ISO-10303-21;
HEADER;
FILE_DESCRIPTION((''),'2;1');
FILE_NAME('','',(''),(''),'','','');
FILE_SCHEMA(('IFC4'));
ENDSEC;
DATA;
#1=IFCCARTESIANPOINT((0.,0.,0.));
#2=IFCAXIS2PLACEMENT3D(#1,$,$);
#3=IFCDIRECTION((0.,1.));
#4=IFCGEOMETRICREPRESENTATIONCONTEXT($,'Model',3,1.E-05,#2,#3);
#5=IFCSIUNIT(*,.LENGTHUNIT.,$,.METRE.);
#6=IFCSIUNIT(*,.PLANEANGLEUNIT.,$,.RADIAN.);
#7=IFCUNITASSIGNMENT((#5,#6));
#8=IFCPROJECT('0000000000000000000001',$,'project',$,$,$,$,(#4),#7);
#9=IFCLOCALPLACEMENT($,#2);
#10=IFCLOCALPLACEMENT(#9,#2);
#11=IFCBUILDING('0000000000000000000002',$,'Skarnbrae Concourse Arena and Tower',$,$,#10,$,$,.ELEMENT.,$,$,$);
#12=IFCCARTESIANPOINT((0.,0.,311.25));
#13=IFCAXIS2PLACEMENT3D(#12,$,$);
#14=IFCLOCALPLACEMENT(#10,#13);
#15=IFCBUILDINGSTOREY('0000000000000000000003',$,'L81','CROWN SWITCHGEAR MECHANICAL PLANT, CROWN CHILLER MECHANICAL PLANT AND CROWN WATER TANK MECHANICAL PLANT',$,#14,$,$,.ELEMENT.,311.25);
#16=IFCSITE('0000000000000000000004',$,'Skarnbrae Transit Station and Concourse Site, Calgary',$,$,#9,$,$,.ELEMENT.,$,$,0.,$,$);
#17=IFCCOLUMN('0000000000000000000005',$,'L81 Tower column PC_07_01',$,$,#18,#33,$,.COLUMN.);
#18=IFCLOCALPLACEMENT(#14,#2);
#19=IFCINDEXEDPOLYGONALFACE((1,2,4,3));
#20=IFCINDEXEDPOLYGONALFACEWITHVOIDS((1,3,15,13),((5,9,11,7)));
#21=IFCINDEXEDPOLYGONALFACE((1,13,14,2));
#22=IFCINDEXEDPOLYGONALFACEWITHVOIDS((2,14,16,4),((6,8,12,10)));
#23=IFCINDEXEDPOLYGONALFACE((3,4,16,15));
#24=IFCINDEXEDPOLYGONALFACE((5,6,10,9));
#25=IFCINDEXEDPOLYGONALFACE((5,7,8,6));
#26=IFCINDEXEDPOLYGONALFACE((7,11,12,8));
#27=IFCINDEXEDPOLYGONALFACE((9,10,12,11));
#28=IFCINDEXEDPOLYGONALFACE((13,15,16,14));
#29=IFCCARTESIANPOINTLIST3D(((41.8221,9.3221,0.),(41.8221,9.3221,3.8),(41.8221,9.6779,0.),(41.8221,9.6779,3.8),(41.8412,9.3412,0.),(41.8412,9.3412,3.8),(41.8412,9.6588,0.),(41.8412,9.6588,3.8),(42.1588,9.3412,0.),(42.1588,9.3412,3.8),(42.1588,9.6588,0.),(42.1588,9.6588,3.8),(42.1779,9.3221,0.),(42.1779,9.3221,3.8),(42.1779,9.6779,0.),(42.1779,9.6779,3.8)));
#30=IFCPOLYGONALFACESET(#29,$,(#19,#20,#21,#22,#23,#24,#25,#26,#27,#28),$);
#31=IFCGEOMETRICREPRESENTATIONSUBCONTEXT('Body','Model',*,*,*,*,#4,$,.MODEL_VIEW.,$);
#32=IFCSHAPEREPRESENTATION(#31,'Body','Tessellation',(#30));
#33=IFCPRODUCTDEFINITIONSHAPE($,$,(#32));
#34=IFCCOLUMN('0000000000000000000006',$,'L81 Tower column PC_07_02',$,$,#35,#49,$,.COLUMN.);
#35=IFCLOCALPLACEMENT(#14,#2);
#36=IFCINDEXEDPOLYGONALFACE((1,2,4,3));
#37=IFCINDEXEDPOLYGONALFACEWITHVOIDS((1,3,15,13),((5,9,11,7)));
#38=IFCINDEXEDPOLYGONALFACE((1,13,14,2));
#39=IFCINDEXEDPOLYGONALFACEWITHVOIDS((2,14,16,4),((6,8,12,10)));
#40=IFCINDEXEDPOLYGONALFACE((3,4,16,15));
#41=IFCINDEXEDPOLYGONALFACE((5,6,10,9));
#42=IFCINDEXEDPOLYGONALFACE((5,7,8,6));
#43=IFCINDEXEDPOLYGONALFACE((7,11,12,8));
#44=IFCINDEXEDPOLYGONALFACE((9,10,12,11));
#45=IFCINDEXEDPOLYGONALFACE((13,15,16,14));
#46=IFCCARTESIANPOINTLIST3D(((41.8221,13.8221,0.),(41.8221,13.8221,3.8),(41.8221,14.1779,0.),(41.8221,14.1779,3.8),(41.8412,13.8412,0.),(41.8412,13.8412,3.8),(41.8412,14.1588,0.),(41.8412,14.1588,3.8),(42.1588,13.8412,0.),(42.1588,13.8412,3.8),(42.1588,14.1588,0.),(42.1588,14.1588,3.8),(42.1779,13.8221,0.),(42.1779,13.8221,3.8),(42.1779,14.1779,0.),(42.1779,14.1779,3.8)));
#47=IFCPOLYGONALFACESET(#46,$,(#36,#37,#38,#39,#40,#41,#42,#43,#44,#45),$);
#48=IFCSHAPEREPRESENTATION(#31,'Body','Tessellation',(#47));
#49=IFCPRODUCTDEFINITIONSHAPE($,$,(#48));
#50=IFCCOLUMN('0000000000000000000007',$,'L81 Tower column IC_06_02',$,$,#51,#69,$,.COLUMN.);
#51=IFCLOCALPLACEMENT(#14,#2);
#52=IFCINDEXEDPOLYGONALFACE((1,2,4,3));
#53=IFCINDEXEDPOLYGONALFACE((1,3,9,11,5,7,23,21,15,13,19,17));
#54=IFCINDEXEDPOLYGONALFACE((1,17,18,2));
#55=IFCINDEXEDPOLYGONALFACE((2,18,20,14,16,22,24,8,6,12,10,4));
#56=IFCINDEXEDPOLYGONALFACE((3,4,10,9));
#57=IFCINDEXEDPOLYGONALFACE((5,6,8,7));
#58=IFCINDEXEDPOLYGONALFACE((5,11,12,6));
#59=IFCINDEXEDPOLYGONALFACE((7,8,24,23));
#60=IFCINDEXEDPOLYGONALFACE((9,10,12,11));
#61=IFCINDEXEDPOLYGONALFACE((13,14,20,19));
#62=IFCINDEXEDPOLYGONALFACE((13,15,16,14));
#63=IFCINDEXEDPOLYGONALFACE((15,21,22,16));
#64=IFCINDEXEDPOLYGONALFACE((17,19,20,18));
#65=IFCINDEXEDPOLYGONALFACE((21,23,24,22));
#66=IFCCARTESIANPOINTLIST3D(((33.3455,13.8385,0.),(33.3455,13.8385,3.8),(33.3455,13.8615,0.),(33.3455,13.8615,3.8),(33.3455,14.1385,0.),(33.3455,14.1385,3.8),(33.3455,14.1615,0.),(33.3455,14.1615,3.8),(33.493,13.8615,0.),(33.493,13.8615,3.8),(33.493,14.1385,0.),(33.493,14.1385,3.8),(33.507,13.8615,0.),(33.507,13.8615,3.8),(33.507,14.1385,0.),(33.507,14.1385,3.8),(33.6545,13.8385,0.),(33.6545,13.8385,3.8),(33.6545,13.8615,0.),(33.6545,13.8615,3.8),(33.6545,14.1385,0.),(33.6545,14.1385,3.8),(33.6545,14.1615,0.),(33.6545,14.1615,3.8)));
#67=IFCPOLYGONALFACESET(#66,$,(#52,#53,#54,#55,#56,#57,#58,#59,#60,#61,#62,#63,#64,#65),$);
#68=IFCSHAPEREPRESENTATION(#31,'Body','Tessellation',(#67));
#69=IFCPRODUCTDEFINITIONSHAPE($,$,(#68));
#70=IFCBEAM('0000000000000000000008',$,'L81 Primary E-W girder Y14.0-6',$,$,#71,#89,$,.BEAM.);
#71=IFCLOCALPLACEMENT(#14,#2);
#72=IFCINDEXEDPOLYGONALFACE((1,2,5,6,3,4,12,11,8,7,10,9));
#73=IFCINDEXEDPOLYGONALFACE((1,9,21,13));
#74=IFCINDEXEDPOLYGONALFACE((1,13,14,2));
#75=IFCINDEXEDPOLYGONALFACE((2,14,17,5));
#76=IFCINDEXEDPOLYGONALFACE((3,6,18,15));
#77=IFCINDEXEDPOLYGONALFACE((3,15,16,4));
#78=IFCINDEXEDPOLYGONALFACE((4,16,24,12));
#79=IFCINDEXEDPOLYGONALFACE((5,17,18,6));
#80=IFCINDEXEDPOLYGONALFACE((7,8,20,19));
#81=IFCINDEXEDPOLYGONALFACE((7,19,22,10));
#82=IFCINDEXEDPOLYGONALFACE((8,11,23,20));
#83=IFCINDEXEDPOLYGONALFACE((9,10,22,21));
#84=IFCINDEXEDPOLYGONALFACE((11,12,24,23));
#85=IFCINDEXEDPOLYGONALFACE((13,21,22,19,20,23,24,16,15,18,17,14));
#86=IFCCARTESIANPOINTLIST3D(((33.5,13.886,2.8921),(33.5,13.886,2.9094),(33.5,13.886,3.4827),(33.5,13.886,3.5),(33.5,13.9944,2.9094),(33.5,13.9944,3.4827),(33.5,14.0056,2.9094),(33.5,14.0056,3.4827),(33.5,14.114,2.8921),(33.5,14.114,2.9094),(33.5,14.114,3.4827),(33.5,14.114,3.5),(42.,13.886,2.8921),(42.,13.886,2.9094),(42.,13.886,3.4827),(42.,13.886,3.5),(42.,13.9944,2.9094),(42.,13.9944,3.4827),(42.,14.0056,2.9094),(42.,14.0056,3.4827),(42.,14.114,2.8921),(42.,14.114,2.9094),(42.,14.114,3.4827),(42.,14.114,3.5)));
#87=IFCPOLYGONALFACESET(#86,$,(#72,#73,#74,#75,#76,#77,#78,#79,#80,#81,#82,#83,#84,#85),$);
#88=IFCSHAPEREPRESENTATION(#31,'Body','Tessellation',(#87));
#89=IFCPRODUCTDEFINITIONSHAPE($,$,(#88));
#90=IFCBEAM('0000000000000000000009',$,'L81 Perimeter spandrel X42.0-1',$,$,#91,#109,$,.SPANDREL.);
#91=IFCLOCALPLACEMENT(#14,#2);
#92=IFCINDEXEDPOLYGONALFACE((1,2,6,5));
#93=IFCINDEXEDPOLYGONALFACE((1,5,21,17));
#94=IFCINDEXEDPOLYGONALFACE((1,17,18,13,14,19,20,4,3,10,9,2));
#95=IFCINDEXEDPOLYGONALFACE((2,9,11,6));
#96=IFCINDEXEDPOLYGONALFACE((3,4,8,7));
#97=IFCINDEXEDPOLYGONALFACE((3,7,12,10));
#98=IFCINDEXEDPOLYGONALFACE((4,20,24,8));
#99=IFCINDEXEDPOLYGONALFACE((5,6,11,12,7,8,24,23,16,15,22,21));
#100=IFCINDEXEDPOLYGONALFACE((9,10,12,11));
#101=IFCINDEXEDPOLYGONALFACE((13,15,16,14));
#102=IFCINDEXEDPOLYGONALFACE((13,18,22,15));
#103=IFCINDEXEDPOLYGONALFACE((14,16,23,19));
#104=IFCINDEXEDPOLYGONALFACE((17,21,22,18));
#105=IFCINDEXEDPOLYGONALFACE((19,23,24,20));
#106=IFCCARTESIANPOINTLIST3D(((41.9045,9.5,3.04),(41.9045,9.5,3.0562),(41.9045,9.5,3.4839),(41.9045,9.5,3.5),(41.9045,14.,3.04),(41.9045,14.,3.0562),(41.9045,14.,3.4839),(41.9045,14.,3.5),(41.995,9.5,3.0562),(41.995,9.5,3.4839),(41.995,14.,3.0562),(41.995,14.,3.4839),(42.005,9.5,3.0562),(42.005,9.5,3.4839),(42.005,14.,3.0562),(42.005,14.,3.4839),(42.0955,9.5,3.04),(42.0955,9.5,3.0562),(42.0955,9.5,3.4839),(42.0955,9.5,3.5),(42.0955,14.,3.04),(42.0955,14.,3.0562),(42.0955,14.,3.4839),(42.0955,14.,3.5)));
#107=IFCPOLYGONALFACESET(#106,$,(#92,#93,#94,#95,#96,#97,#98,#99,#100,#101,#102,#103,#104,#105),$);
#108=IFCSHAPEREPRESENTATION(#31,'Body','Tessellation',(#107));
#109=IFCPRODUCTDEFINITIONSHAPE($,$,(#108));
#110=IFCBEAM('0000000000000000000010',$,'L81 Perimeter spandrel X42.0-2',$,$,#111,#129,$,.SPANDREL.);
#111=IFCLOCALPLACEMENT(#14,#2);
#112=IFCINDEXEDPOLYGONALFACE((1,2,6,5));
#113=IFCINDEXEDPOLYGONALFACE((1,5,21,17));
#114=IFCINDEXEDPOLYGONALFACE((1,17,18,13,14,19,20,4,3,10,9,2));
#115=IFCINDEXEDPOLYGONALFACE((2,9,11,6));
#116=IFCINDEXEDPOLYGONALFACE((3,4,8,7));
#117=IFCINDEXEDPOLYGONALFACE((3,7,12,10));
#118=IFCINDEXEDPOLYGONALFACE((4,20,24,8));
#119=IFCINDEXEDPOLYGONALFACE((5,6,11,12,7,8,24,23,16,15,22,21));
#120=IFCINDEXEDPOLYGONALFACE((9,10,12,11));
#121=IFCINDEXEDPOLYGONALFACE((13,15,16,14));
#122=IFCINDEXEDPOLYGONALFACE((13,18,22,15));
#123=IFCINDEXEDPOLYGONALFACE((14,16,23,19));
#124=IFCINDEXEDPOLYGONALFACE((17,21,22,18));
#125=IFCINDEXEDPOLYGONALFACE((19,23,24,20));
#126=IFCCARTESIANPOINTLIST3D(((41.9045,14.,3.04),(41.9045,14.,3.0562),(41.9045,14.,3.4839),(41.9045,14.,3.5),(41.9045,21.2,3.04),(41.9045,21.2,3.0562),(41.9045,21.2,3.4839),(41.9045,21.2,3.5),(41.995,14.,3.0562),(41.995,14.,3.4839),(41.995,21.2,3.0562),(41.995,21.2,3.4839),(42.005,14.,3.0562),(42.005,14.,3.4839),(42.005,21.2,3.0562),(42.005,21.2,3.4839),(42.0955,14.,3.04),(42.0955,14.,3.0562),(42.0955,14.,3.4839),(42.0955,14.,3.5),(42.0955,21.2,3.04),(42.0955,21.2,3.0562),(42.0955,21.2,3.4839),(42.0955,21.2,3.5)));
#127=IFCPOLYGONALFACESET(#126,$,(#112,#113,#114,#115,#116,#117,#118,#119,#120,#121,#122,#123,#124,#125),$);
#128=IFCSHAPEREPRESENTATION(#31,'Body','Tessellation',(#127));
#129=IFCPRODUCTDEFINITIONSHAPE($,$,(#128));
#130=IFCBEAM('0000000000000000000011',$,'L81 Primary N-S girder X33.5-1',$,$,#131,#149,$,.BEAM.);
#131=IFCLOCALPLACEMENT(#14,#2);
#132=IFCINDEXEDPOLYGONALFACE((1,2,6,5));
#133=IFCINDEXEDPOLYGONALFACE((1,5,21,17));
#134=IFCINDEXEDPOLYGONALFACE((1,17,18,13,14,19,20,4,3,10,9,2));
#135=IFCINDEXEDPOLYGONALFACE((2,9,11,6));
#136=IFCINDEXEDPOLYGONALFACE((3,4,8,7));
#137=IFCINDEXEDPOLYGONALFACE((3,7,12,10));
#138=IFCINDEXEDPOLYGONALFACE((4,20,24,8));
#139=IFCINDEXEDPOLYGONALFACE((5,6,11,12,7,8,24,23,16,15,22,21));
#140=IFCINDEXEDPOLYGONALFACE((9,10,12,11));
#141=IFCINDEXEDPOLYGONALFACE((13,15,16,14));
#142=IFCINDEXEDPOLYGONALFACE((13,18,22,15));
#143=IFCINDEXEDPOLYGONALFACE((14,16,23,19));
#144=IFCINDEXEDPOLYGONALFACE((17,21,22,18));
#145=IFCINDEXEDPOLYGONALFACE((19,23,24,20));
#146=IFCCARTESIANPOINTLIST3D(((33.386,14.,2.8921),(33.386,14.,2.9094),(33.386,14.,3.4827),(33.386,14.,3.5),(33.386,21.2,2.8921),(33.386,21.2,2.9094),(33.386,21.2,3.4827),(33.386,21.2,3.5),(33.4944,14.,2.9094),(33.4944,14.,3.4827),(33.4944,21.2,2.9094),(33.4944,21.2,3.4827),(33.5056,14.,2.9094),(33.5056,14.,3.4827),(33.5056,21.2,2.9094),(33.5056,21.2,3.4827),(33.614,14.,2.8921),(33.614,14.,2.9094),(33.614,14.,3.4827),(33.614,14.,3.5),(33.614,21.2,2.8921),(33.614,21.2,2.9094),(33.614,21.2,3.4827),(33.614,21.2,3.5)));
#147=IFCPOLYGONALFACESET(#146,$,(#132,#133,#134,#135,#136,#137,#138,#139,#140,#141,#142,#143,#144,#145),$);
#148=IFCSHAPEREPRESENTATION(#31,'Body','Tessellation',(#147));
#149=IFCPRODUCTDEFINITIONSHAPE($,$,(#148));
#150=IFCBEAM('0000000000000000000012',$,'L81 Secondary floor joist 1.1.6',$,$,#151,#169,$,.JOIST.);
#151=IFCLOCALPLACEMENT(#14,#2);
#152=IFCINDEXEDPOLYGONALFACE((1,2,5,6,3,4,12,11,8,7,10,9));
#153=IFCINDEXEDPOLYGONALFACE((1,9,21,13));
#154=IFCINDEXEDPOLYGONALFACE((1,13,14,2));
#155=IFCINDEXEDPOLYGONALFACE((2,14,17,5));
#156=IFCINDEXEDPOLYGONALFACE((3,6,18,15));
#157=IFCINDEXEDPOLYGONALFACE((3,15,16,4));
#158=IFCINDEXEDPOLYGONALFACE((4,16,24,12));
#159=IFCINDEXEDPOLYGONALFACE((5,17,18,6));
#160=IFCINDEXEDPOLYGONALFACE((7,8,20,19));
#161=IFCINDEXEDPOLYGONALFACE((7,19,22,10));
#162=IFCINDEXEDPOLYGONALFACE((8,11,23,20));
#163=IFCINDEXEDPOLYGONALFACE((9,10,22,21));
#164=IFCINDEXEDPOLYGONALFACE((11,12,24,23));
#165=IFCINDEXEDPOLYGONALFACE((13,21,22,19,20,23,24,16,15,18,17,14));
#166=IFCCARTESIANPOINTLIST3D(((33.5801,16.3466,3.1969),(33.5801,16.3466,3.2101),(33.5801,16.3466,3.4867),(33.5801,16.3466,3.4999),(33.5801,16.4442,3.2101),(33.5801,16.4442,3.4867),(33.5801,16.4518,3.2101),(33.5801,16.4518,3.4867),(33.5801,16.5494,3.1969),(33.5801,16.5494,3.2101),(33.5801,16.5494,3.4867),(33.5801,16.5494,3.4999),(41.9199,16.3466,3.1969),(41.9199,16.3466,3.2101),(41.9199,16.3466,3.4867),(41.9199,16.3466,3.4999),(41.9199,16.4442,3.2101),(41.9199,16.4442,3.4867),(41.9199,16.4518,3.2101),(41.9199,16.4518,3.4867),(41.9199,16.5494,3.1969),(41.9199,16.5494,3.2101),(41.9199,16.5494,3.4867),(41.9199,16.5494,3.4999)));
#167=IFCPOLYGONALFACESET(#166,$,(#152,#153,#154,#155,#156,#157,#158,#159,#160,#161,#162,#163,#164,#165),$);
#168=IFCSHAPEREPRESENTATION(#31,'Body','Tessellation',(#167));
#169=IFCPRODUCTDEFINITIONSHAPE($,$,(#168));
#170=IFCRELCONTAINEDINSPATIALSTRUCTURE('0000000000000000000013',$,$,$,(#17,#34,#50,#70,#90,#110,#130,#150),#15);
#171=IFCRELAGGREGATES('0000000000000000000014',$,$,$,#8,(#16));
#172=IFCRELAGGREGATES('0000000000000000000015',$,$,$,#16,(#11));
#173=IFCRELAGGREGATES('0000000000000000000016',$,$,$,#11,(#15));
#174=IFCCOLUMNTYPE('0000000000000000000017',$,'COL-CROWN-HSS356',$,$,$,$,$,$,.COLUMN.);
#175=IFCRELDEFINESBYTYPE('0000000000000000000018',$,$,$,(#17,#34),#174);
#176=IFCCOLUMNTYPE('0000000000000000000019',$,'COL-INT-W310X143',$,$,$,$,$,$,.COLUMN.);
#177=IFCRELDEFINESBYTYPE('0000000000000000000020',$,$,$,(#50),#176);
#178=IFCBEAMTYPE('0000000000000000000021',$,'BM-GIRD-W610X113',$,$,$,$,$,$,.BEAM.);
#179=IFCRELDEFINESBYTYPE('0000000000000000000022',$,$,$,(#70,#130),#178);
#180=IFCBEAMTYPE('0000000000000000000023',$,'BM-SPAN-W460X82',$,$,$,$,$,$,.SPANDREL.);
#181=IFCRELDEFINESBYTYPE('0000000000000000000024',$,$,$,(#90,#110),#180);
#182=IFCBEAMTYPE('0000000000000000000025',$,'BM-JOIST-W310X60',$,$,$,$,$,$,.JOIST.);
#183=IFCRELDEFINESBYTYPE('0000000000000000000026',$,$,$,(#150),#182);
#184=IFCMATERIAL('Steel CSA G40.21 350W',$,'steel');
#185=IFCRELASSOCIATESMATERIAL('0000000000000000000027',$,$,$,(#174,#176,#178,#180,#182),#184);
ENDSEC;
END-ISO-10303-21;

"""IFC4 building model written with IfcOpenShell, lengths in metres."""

from ifc_helpers import new_model, si_unit, direction, frame, origin, origin_2d, place, context, subcontext, project, spatial, hollow_rectangle, i_section, extrude, source, transform, mapped, material, material_profile, profile_set, type_object, element, save


model = new_model("IFC4")

# Units and contexts
model_context = context("Model", 3, precision=1e-05, world=origin(), true_north=direction((0.0, 1.0)))
body_context = subcontext(model_context, "Body", "Model", "MODEL_VIEW")
ifc_project = project(units=[si_unit("LENGTHUNIT", "METRE"), si_unit("PLANEANGLEUNIT", "RADIAN")], contexts=[model_context])

# Site, building, storey
site_placement = place(None, origin())
site = spatial("IfcSite", under=ifc_project, at=site_placement, Name="Skarnbrae Transit Station and Concourse Site, Calgary", CompositionType="ELEMENT", RefElevation=0.0)
building_placement = place(site_placement, origin())
building = spatial("IfcBuilding", under=site, at=building_placement, Name="Skarnbrae Concourse Arena and Tower", CompositionType="ELEMENT")
storey_placement = place(building_placement, frame((0.0, 0.0, 311.25)))
storey = spatial("IfcBuildingStorey", under=building, at=storey_placement, Name="L81", Description="CROWN SWITCHGEAR MECHANICAL PLANT, CROWN CHILLER MECHANICAL PLANT AND CROWN WATER TANK MECHANICAL PLANT", CompositionType="ELEMENT", Elevation=311.25)

# Columns
ifc_material_1 = material(Name="Steel CSA G40.21 350W", Category="steel")
ifc_material_profile_1 = material_profile(ifc_material_1, hollow_rectangle(XDim=0.3557, YDim=0.3557, WallThickness=0.019, at=origin_2d()), Name="HSS356X356X19.0")
ifc_profile_set_1 = profile_set([ifc_material_profile_1], Name="Steel CSA G40.21 350W")
column_type_1 = type_object("IfcColumnType", Name="COL-CROWN-HSS356", PredefinedType="COLUMN", material=ifc_profile_set_1)
shared_shape_1 = source(origin(), body_context, "Body", "SweptSolid", [
    extrude(hollow_rectangle(XDim=0.3557, YDim=0.3557, WallThickness=0.019, at=origin_2d()), origin(), (0.0, 0.0, 1.0), 3.8),
])
for number, where, z_axis, x_axis, name in (
    (1, (42.0, 9.5, 0.0), (0.0, 0.0, 1.0), (1.0, 0.0, 0.0), "L81 Tower column PC_07_01"),
    (2, (42.0, 14.0, 0.0), (0.0, 0.0, 1.0), (1.0, 0.0, 0.0), "L81 Tower column PC_07_02"),
):
    element("IfcColumn", number, at=place(storey_placement, frame(where, z_axis=z_axis, x_axis=x_axis)), inside=storey, type_object=column_type_1, Name=name, PredefinedType="COLUMN", context=body_context, shape_type="MappedRepresentation", body=[
        mapped(shared_shape_1, transform((0.0, 0.0, 0.0))),
    ])
ifc_material_profile_2 = material_profile(ifc_material_1, i_section(OverallWidth=0.3091, OverallDepth=0.323, WebThickness=0.0139, FlangeThickness=0.0229, at=origin_2d()), Name="W310X143")
ifc_profile_set_2 = profile_set([ifc_material_profile_2], Name="Steel CSA G40.21 350W")
column_type_2 = type_object("IfcColumnType", Name="COL-INT-W310X143", PredefinedType="COLUMN", material=ifc_profile_set_2)
shared_shape_2 = source(origin(), body_context, "Body", "SweptSolid", [
    extrude(i_section(OverallWidth=0.3091, OverallDepth=0.323, WebThickness=0.0139, FlangeThickness=0.0229, at=origin_2d()), origin(), (0.0, 0.0, 1.0), 3.8),
])
column_placement = place(storey_placement, frame((33.5, 14.0, 0.0), z_axis=(0.0, 0.0, 1.0), x_axis=(1.0, 0.0, 0.0)))
element("IfcColumn", 3, at=column_placement, inside=storey, type_object=column_type_2, Name="L81 Tower column IC_06_02", PredefinedType="COLUMN", context=body_context, shape_type="MappedRepresentation", body=[
    mapped(shared_shape_2, transform((0.0, 0.0, 0.0))),
])

# Beams
ifc_material_profile_3 = material_profile(ifc_material_1, i_section(OverallWidth=0.228, OverallDepth=0.6079, WebThickness=0.0112, FlangeThickness=0.0173, at=origin_2d()), Name="W610X113")
ifc_profile_set_3 = profile_set([ifc_material_profile_3], Name="Steel CSA G40.21 350W")
beam_type_1 = type_object("IfcBeamType", Name="BM-GIRD-W610X113", PredefinedType="BEAM", material=ifc_profile_set_3)
shared_shape_3 = source(origin(), body_context, "Body", "SweptSolid", [
    extrude(i_section(OverallWidth=0.228, OverallDepth=0.6079, WebThickness=0.0112, FlangeThickness=0.0173, at=origin_2d()), origin(), (0.0, 0.0, 1.0), 8.5),
])
beam_1_placement = place(storey_placement, frame((33.5, 14.0, 3.196), z_axis=(1.0, 0.0, 0.0), x_axis=(0.0, 1.0, 0.0)))
element("IfcBeam", 4, at=beam_1_placement, inside=storey, type_object=beam_type_1, Name="L81 Primary E-W girder Y14.0-6", PredefinedType="BEAM", context=body_context, shape_type="MappedRepresentation", body=[
    mapped(shared_shape_3, transform((0.0, 0.0, 0.0))),
])
ifc_material_profile_4 = material_profile(ifc_material_1, i_section(OverallWidth=0.1909, OverallDepth=0.46, WebThickness=0.01, FlangeThickness=0.0161, at=origin_2d()), Name="W460X82")
ifc_profile_set_4 = profile_set([ifc_material_profile_4], Name="Steel CSA G40.21 350W")
beam_type_2 = type_object("IfcBeamType", Name="BM-SPAN-W460X82", PredefinedType="SPANDREL", material=ifc_profile_set_4)
shared_shape_4 = source(origin(), body_context, "Body", "SweptSolid", [
    extrude(i_section(OverallWidth=0.1909, OverallDepth=0.46, WebThickness=0.01, FlangeThickness=0.0161, at=origin_2d()), origin(), (0.0, 0.0, 1.0), 4.5),
])
beam_2_placement = place(storey_placement, frame((42.0, 9.5, 3.27), z_axis=(0.0, 1.0, 0.0), x_axis=(-1.0, 0.0, 0.0)))
element("IfcBeam", 5, at=beam_2_placement, inside=storey, type_object=beam_type_2, Name="L81 Perimeter spandrel X42.0-1", PredefinedType="SPANDREL", context=body_context, shape_type="MappedRepresentation", body=[
    mapped(shared_shape_4, transform((0.0, 0.0, 0.0))),
])
shared_shape_5 = source(origin(), body_context, "Body", "SweptSolid", [
    extrude(i_section(OverallWidth=0.1909, OverallDepth=0.46, WebThickness=0.01, FlangeThickness=0.0161, at=origin_2d()), origin(), (0.0, 0.0, 1.0), 7.2),
])
beam_3_placement = place(storey_placement, frame((42.0, 14.0, 3.27), z_axis=(0.0, 1.0, 0.0), x_axis=(-1.0, 0.0, 0.0)))
element("IfcBeam", 6, at=beam_3_placement, inside=storey, type_object=beam_type_2, Name="L81 Perimeter spandrel X42.0-2", PredefinedType="SPANDREL", context=body_context, shape_type="MappedRepresentation", body=[
    mapped(shared_shape_5, transform((0.0, 0.0, 0.0))),
])
shared_shape_6 = source(origin(), body_context, "Body", "SweptSolid", [
    extrude(i_section(OverallWidth=0.228, OverallDepth=0.6079, WebThickness=0.0112, FlangeThickness=0.0173, at=origin_2d()), origin(), (0.0, 0.0, 1.0), 7.2),
])
beam_4_placement = place(storey_placement, frame((33.5, 14.0, 3.196), z_axis=(0.0, 1.0, 0.0), x_axis=(-1.0, 0.0, 0.0)))
element("IfcBeam", 7, at=beam_4_placement, inside=storey, type_object=beam_type_1, Name="L81 Primary N-S girder X33.5-1", PredefinedType="BEAM", context=body_context, shape_type="MappedRepresentation", body=[
    mapped(shared_shape_6, transform((0.0, 0.0, 0.0))),
])
ifc_material_profile_5 = material_profile(ifc_material_1, i_section(OverallWidth=0.2029, OverallDepth=0.303, WebThickness=0.0076, FlangeThickness=0.0132, at=origin_2d()), Name="W310X60")
ifc_profile_set_5 = profile_set([ifc_material_profile_5], Name="Steel CSA G40.21 350W")
beam_type_3 = type_object("IfcBeamType", Name="BM-JOIST-W310X60", PredefinedType="JOIST", material=ifc_profile_set_5)
shared_shape_7 = source(origin(), body_context, "Body", "SweptSolid", [
    extrude(i_section(OverallWidth=0.2029, OverallDepth=0.303, WebThickness=0.0076, FlangeThickness=0.0132, at=origin_2d()), origin(), (0.0, 0.0, 1.0), 8.3398),
])
beam_5_placement = place(storey_placement, frame((33.5801, 16.448, 3.3484), z_axis=(1.0, 0.0, 0.0), x_axis=(0.0, 1.0, 0.0)))
element("IfcBeam", 8, at=beam_5_placement, inside=storey, type_object=beam_type_3, Name="L81 Secondary floor joist 1.1.6", PredefinedType="JOIST", context=body_context, shape_type="MappedRepresentation", body=[
    mapped(shared_shape_7, transform((0.0, 0.0, 0.0))),
])

save(model, "model.ifc")
